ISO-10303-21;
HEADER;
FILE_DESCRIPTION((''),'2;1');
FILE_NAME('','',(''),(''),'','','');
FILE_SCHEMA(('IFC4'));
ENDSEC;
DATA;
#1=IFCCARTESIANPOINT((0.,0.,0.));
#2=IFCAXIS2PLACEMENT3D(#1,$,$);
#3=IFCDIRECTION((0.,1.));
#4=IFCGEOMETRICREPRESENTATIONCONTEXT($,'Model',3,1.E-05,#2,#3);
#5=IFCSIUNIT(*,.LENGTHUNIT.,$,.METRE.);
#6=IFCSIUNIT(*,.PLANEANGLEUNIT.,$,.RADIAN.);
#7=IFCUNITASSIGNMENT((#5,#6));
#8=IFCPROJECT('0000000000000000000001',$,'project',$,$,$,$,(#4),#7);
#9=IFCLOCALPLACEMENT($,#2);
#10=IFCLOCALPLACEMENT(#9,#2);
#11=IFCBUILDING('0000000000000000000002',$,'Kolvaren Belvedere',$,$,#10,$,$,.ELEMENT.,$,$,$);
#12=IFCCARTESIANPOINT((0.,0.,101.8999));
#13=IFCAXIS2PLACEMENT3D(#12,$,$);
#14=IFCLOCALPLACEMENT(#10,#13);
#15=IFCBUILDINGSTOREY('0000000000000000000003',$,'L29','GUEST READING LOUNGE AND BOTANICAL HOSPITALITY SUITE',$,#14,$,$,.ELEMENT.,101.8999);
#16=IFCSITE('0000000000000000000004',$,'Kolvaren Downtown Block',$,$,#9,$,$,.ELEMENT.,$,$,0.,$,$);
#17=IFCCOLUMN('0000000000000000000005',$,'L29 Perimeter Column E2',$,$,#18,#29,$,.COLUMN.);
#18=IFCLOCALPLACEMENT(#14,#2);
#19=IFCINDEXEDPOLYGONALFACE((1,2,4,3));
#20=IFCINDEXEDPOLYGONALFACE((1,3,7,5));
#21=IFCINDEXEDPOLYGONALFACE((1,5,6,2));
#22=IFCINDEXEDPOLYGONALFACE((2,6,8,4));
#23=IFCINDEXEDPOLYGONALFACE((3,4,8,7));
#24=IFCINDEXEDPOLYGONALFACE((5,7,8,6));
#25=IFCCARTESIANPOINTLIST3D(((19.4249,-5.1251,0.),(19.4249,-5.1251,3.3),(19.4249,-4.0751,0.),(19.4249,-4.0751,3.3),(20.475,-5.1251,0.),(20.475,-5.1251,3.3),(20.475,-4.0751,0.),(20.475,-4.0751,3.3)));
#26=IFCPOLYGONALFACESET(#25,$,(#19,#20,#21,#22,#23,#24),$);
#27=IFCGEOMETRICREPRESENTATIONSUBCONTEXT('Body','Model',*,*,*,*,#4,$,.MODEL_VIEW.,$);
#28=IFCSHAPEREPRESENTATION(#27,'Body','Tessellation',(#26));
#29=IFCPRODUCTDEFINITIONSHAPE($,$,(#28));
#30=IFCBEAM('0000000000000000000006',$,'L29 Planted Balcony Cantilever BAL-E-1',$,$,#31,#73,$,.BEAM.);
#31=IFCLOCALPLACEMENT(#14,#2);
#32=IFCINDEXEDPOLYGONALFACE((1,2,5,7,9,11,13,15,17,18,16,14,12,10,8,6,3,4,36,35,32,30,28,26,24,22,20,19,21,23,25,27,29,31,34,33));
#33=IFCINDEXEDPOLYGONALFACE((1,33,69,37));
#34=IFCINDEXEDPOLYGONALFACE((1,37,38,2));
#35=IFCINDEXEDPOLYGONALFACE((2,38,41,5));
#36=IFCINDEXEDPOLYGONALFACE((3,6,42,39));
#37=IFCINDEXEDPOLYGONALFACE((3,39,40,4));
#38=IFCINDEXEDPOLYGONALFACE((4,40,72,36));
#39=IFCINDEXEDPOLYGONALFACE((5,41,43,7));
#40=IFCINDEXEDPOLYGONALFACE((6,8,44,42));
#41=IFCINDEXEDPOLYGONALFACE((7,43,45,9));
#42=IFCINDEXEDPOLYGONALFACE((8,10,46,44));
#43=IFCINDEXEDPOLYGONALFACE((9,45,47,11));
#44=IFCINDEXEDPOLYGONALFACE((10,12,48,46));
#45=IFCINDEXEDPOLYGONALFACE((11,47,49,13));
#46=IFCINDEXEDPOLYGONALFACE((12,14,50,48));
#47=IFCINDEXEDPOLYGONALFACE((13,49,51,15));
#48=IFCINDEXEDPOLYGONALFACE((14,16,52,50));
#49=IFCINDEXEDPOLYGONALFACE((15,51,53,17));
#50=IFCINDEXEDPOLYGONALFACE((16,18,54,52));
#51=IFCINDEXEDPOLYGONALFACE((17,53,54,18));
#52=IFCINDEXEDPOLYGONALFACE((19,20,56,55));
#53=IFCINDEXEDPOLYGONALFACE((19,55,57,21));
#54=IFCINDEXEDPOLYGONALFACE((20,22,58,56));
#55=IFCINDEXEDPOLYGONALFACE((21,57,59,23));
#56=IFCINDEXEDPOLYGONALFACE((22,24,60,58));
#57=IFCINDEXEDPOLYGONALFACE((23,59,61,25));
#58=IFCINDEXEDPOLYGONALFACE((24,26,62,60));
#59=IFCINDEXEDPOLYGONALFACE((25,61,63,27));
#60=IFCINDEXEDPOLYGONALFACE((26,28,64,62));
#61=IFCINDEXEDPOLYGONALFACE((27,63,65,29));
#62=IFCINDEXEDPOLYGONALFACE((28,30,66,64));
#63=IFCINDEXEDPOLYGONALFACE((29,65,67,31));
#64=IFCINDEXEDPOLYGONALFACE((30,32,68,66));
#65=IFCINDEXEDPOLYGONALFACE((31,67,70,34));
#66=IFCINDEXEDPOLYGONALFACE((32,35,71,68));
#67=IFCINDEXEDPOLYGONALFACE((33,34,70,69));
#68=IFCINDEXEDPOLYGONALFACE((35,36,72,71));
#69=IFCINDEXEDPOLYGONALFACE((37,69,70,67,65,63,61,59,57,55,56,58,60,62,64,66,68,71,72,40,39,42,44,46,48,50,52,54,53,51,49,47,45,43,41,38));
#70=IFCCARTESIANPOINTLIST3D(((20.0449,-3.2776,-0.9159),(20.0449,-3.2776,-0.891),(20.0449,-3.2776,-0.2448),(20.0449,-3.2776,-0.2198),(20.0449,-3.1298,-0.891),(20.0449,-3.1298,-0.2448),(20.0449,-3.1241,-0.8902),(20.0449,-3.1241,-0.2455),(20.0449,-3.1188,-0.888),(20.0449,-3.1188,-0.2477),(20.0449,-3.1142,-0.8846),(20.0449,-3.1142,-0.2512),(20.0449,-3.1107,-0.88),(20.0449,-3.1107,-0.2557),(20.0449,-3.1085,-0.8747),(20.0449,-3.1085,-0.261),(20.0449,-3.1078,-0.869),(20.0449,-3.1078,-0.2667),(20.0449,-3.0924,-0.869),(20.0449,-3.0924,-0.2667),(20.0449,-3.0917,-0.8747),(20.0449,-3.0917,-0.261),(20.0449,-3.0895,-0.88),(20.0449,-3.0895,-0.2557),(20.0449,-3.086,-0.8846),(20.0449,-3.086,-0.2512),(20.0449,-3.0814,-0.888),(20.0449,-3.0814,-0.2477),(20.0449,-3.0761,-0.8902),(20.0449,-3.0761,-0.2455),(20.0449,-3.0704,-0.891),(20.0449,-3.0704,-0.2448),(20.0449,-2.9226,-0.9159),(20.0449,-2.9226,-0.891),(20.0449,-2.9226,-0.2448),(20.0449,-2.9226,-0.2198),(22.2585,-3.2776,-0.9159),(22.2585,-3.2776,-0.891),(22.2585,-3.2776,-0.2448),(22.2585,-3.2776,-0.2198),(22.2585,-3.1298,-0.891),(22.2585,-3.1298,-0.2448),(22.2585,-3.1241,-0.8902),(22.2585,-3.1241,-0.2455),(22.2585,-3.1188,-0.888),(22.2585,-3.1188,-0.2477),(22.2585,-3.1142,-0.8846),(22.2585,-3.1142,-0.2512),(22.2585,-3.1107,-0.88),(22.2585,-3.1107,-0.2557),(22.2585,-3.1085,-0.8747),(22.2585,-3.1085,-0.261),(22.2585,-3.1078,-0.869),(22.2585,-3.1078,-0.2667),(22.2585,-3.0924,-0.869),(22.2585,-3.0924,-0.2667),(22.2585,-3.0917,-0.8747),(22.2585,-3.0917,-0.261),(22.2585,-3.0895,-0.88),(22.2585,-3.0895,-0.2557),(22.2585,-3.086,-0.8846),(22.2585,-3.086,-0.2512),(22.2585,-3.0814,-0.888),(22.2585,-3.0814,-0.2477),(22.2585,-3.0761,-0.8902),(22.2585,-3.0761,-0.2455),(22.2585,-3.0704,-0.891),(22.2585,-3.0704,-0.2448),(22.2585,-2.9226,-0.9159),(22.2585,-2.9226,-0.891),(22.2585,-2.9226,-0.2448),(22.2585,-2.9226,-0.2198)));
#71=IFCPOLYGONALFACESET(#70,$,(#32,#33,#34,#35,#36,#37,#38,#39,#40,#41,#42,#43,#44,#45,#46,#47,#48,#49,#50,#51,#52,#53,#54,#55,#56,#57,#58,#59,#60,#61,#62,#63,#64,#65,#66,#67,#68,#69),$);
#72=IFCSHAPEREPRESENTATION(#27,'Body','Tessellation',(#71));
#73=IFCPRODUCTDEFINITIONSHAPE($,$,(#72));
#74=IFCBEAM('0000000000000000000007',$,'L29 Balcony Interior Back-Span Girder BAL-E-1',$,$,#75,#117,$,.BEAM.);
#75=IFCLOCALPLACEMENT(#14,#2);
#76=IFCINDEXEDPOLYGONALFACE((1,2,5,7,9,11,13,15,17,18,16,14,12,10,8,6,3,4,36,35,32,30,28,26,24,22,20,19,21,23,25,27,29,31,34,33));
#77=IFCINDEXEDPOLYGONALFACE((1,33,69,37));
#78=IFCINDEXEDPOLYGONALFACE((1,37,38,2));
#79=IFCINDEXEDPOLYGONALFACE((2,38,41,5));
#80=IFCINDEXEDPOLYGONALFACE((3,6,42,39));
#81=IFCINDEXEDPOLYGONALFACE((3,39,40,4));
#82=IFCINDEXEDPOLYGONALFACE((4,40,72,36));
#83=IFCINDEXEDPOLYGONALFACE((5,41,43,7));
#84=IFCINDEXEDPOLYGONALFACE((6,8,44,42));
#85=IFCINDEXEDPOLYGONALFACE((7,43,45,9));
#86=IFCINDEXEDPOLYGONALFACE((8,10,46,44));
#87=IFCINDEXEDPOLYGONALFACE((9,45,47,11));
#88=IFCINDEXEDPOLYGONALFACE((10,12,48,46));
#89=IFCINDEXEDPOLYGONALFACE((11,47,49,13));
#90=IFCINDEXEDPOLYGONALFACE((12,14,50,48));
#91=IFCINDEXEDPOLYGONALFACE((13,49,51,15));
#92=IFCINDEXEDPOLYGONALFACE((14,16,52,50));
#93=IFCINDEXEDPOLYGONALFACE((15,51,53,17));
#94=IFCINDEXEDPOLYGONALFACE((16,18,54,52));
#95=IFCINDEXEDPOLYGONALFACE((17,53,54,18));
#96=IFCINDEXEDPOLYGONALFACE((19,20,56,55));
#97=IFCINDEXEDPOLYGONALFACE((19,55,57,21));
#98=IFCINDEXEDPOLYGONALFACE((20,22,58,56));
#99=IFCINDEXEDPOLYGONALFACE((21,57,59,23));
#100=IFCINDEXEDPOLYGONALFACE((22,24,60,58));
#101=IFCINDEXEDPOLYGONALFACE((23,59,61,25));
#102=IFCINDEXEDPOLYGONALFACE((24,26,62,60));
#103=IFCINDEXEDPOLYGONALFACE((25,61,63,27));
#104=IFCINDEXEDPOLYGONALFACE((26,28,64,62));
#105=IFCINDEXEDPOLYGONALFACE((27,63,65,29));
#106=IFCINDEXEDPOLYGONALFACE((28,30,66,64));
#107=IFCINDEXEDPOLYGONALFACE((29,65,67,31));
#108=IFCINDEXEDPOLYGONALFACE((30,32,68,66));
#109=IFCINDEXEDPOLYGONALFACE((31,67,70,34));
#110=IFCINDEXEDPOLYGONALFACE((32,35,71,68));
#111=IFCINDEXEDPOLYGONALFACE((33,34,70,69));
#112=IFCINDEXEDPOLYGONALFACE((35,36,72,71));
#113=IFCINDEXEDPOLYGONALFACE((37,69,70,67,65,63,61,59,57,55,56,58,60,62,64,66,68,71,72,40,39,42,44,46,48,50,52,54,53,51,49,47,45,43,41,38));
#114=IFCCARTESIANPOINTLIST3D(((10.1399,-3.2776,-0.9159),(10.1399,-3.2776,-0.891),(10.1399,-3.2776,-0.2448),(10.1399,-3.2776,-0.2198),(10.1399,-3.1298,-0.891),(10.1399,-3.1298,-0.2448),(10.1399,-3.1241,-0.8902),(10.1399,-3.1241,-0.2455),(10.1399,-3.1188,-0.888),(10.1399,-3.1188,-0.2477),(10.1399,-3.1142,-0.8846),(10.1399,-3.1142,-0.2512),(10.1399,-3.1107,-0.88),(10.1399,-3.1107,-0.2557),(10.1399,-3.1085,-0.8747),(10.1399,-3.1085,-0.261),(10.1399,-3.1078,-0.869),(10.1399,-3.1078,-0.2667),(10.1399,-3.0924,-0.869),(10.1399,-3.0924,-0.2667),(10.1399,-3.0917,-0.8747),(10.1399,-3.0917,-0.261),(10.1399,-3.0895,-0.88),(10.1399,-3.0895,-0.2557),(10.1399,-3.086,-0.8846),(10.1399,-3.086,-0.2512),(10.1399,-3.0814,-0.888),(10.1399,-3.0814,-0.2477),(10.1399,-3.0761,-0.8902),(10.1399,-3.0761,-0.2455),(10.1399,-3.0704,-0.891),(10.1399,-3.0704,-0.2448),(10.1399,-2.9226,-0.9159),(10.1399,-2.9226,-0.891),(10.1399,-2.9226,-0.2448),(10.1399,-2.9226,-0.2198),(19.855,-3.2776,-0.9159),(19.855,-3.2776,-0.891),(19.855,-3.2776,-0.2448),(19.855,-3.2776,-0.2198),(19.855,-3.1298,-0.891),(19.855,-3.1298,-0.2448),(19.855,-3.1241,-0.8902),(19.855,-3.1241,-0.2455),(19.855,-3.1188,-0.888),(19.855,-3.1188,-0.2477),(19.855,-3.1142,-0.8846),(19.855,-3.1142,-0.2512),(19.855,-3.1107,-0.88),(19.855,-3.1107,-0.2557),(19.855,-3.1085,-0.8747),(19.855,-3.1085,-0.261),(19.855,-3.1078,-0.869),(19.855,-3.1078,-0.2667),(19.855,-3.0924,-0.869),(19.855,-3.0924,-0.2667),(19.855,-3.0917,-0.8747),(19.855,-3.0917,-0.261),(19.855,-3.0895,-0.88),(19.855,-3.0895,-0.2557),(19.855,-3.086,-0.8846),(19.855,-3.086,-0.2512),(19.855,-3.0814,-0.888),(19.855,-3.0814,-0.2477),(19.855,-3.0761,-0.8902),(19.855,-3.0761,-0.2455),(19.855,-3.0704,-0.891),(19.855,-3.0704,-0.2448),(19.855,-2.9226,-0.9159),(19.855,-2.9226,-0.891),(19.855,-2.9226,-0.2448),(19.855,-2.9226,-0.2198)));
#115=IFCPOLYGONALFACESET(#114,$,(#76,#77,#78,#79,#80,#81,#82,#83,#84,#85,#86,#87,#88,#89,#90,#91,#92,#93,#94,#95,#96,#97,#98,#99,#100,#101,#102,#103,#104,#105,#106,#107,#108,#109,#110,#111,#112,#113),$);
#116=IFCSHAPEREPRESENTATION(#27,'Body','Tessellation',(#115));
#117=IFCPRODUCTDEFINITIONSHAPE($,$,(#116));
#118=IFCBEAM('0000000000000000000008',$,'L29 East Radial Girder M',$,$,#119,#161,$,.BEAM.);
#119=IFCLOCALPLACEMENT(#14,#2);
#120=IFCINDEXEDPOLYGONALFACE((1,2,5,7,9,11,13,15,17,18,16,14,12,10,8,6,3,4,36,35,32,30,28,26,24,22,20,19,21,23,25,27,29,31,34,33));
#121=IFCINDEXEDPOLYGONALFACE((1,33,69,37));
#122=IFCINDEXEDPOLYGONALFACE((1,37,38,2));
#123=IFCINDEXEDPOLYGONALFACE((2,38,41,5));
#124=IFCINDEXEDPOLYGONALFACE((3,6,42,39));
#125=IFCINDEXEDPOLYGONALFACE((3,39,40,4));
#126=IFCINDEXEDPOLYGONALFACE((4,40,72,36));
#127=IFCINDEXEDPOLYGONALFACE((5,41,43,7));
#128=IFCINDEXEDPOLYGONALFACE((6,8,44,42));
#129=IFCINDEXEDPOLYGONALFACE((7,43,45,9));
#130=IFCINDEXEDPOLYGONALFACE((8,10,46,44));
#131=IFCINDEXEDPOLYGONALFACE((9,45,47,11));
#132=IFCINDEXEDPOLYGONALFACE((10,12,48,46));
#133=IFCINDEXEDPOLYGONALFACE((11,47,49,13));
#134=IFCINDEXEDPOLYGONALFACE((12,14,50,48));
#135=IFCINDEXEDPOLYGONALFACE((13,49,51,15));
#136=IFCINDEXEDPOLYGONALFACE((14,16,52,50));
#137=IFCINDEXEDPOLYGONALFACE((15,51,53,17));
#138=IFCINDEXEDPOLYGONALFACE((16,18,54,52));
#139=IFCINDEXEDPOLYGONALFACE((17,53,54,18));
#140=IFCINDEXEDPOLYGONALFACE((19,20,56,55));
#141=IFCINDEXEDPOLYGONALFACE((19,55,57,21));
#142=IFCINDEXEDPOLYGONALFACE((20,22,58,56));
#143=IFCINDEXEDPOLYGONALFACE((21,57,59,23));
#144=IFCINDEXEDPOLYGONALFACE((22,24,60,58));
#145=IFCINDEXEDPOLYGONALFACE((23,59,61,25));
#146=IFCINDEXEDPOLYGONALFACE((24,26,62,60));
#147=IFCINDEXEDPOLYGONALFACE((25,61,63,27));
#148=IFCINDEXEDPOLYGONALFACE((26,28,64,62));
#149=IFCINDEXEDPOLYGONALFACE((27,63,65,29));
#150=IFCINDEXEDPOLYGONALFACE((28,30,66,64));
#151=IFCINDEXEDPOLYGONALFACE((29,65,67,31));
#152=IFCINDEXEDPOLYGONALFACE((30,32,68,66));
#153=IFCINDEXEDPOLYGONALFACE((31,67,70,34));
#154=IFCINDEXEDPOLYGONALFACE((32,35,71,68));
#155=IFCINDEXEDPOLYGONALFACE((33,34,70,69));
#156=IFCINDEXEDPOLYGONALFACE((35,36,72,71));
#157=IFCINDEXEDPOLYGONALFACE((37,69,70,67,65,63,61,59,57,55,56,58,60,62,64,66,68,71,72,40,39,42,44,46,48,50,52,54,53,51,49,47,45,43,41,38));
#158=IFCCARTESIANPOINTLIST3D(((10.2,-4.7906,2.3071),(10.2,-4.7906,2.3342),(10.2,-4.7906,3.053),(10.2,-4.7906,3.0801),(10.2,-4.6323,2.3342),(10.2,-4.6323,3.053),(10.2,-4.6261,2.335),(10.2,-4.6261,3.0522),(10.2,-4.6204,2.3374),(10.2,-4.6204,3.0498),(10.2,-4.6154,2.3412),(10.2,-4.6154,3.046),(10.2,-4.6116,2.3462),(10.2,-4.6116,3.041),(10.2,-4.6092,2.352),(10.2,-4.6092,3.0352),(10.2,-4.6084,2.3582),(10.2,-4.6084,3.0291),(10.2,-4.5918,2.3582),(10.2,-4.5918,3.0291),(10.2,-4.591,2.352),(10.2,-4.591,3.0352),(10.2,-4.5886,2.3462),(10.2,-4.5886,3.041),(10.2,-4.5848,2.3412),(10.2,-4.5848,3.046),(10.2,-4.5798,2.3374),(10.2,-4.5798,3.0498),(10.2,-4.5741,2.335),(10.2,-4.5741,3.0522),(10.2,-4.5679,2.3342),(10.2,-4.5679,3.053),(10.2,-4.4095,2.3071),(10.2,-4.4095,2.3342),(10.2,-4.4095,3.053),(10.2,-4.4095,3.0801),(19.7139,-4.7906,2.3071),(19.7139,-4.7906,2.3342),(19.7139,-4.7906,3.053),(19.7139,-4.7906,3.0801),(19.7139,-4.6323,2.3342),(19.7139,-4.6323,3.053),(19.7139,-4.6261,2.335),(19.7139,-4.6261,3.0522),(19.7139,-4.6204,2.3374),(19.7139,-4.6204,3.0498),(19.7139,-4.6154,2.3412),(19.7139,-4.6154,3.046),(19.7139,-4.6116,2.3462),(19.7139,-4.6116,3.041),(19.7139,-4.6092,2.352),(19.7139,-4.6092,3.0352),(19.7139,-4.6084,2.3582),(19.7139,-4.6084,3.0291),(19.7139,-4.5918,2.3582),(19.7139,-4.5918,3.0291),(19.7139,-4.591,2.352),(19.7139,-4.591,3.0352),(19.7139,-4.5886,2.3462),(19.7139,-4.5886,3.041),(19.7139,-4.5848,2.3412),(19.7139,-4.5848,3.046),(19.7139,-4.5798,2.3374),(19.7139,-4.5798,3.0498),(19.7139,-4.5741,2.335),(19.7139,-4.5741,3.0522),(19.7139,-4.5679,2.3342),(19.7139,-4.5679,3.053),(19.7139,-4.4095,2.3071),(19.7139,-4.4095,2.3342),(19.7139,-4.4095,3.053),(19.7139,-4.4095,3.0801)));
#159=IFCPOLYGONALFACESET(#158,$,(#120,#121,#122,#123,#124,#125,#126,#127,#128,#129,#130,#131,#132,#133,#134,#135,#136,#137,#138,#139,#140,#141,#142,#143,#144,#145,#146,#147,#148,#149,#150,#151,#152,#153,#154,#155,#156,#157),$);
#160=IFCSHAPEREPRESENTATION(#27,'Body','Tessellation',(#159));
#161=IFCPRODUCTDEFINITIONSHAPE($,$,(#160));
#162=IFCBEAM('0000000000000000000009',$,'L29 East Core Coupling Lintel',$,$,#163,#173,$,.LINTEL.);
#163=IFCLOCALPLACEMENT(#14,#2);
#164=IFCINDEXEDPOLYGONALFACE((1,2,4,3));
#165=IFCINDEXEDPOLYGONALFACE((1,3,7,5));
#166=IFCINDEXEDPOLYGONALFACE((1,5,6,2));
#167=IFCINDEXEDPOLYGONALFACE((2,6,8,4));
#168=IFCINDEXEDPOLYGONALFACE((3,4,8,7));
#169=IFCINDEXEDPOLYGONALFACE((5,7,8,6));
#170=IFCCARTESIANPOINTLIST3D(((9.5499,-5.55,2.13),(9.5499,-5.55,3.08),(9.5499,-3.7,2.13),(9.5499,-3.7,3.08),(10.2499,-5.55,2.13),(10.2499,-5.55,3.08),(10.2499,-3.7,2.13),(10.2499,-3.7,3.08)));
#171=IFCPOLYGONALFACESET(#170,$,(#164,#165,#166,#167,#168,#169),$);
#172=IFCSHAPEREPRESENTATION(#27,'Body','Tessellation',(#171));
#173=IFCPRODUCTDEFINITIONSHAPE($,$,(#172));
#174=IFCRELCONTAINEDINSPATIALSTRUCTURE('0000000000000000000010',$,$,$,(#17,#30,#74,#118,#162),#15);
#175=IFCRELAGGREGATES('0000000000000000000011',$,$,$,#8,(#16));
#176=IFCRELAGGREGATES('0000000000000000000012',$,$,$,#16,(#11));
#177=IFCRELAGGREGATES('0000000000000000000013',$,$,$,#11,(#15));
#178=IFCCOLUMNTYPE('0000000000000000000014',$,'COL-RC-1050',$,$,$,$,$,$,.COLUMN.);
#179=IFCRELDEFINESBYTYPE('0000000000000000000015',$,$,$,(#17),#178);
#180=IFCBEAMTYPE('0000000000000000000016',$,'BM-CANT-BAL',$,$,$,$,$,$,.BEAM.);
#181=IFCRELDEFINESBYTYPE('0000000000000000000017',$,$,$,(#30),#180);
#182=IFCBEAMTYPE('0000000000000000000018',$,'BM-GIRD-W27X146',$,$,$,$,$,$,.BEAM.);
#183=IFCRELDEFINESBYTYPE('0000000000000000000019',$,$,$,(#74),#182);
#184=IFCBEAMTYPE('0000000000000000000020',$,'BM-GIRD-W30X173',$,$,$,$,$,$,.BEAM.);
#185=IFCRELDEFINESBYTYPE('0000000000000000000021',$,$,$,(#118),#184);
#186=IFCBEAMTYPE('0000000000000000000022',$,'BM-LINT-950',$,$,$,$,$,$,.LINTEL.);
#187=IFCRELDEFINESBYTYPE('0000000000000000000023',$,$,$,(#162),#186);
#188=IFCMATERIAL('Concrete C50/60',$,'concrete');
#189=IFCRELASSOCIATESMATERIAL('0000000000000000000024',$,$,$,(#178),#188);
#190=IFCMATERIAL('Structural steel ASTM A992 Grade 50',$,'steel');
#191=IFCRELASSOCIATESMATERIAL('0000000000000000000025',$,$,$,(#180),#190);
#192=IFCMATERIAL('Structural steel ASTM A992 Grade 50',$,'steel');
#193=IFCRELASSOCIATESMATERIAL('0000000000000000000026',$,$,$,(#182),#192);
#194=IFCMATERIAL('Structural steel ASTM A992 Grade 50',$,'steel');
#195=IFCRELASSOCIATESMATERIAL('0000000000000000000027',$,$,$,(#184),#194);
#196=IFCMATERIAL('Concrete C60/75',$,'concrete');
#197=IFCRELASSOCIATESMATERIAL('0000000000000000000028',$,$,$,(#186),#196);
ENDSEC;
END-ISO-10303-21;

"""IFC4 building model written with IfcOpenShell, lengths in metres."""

from ifc_helpers import new_model, si_unit, direction, frame, origin, origin_2d, place, context, subcontext, project, spatial, rectangle, i_section, extrude, material, material_profile, profile_set, type_object, element, save


model = new_model("IFC4")

# Units and contexts
model_context = context("Model", 3, precision=1e-05, world=origin(), true_north=direction((0.0, 1.0)))
body_context = subcontext(model_context, "Body", "Model", "MODEL_VIEW")
ifc_project = project(units=[si_unit("LENGTHUNIT", "METRE"), si_unit("PLANEANGLEUNIT", "RADIAN")], contexts=[model_context])

# Site, building, storey
site_placement = place(None, origin())
site = spatial("IfcSite", under=ifc_project, at=site_placement, Name="Kolvaren Downtown Block", CompositionType="ELEMENT", RefElevation=0.0)
building_placement = place(site_placement, origin())
building = spatial("IfcBuilding", under=site, at=building_placement, Name="Kolvaren Belvedere", CompositionType="ELEMENT")
storey_placement = place(building_placement, frame((0.0, 0.0, 101.8999)))
storey = spatial("IfcBuildingStorey", under=building, at=storey_placement, Name="L29", Description="GUEST READING LOUNGE AND BOTANICAL HOSPITALITY SUITE", CompositionType="ELEMENT", Elevation=101.8999)

# Column
ifc_material_1 = material(Name="Concrete C50/60", Category="concrete")
ifc_material_profile_1 = material_profile(ifc_material_1, rectangle(XDim=1.05, YDim=1.05, at=origin_2d()), Name="RC 1050X1050")
ifc_profile_set_1 = profile_set([ifc_material_profile_1], Name="Concrete C50/60")
column_type = type_object("IfcColumnType", Name="COL-RC-1050", PredefinedType="COLUMN", material=ifc_profile_set_1)
column_placement = place(storey_placement, frame((19.95, -4.6001, 0.0), z_axis=(0.0, 0.0, 1.0), x_axis=(1.0, 0.0, 0.0)))
element("IfcColumn", 1, at=column_placement, inside=storey, type_object=column_type, Name="L29 Perimeter Column E2", PredefinedType="COLUMN", context=body_context, shape_type="SweptSolid", body=[
    extrude(rectangle(XDim=1.05, YDim=1.05, at=origin_2d()), origin(), (0.0, 0.0, 1.0), 3.3),
])

# Beams
ifc_material_2 = material(Name="Structural steel ASTM A992 Grade 50", Category="steel")
ifc_material_profile_2 = material_profile(ifc_material_2, i_section(OverallWidth=0.355, OverallDepth=0.696, WebThickness=0.0154, FlangeThickness=0.0249, FilletRadius=0.022, at=origin_2d()), Name="W27X146")
ifc_profile_set_2 = profile_set([ifc_material_profile_2], Name="Structural steel ASTM A992 Grade 50")
beam_type_1 = type_object("IfcBeamType", Name="BM-CANT-BAL", PredefinedType="BEAM", material=ifc_profile_set_2)
beam_1_placement = place(storey_placement, frame((20.0449, -3.1001, -0.5679), z_axis=(1.0, 0.0, 0.0), x_axis=(0.0, 1.0, 0.0)))
element("IfcBeam", 2, at=beam_1_placement, inside=storey, type_object=beam_type_1, Name="L29 Planted Balcony Cantilever BAL-E-1", PredefinedType="BEAM", context=body_context, shape_type="SweptSolid", body=[
    extrude(i_section(OverallWidth=0.355, OverallDepth=0.696, WebThickness=0.0154, FlangeThickness=0.0249, FilletRadius=0.022, at=origin_2d()), origin(), (0.0, 0.0, 1.0), 2.2136),
])
ifc_material_3 = material(Name="Structural steel ASTM A992 Grade 50", Category="steel")
ifc_material_profile_3 = material_profile(ifc_material_3, i_section(OverallWidth=0.355, OverallDepth=0.696, WebThickness=0.0154, FlangeThickness=0.0249, FilletRadius=0.022, at=origin_2d()), Name="W27X146")
ifc_profile_set_3 = profile_set([ifc_material_profile_3], Name="Structural steel ASTM A992 Grade 50")
beam_type_2 = type_object("IfcBeamType", Name="BM-GIRD-W27X146", PredefinedType="BEAM", material=ifc_profile_set_3)
beam_2_placement = place(storey_placement, frame((10.1399, -3.1001, -0.5679), z_axis=(1.0, 0.0, 0.0), x_axis=(0.0, 1.0, 0.0)))
element("IfcBeam", 3, at=beam_2_placement, inside=storey, type_object=beam_type_2, Name="L29 Balcony Interior Back-Span Girder BAL-E-1", PredefinedType="BEAM", context=body_context, shape_type="SweptSolid", body=[
    extrude(i_section(OverallWidth=0.355, OverallDepth=0.696, WebThickness=0.0154, FlangeThickness=0.0249, FilletRadius=0.022, at=origin_2d()), origin(), (0.0, 0.0, 1.0), 9.7151),
])
ifc_material_4 = material(Name="Structural steel ASTM A992 Grade 50", Category="steel")
ifc_material_profile_4 = material_profile(ifc_material_4, i_section(OverallWidth=0.3811, OverallDepth=0.7729, WebThickness=0.0166, FlangeThickness=0.0271, FilletRadius=0.0239, at=origin_2d()), Name="W30X173")
ifc_profile_set_4 = profile_set([ifc_material_profile_4], Name="Structural steel ASTM A992 Grade 50")
beam_type_3 = type_object("IfcBeamType", Name="BM-GIRD-W30X173", PredefinedType="BEAM", material=ifc_profile_set_4)
beam_3_placement = place(storey_placement, frame((10.2, -4.6001, 2.6936), z_axis=(1.0, 0.0, 0.0), x_axis=(0.0, 1.0, 0.0)))
element("IfcBeam", 4, at=beam_3_placement, inside=storey, type_object=beam_type_3, Name="L29 East Radial Girder M", PredefinedType="BEAM", context=body_context, shape_type="SweptSolid", body=[
    extrude(i_section(OverallWidth=0.3811, OverallDepth=0.7729, WebThickness=0.0166, FlangeThickness=0.0271, FilletRadius=0.0239, at=origin_2d()), origin(), (0.0, 0.0, 1.0), 9.5139),
])
ifc_material_5 = material(Name="Concrete C60/75", Category="concrete")
ifc_material_profile_5 = material_profile(ifc_material_5, rectangle(XDim=0.7, YDim=0.95, at=origin_2d()), Name="RC 700X950")
ifc_profile_set_5 = profile_set([ifc_material_profile_5], Name="Concrete C60/75")
beam_type_4 = type_object("IfcBeamType", Name="BM-LINT-950", PredefinedType="LINTEL", material=ifc_profile_set_5)
beam_4_placement = place(storey_placement, frame((9.8999, -5.55, 2.605), z_axis=(0.0, 1.0, 0.0), x_axis=(-1.0, 0.0, 0.0)))
element("IfcBeam", 5, at=beam_4_placement, inside=storey, type_object=beam_type_4, Name="L29 East Core Coupling Lintel", PredefinedType="LINTEL", context=body_context, shape_type="SweptSolid", body=[
    extrude(rectangle(XDim=0.7, YDim=0.95, at=origin_2d()), origin(), (0.0, 0.0, 1.0), 1.8501),
])

save(model, "model.ifc")
